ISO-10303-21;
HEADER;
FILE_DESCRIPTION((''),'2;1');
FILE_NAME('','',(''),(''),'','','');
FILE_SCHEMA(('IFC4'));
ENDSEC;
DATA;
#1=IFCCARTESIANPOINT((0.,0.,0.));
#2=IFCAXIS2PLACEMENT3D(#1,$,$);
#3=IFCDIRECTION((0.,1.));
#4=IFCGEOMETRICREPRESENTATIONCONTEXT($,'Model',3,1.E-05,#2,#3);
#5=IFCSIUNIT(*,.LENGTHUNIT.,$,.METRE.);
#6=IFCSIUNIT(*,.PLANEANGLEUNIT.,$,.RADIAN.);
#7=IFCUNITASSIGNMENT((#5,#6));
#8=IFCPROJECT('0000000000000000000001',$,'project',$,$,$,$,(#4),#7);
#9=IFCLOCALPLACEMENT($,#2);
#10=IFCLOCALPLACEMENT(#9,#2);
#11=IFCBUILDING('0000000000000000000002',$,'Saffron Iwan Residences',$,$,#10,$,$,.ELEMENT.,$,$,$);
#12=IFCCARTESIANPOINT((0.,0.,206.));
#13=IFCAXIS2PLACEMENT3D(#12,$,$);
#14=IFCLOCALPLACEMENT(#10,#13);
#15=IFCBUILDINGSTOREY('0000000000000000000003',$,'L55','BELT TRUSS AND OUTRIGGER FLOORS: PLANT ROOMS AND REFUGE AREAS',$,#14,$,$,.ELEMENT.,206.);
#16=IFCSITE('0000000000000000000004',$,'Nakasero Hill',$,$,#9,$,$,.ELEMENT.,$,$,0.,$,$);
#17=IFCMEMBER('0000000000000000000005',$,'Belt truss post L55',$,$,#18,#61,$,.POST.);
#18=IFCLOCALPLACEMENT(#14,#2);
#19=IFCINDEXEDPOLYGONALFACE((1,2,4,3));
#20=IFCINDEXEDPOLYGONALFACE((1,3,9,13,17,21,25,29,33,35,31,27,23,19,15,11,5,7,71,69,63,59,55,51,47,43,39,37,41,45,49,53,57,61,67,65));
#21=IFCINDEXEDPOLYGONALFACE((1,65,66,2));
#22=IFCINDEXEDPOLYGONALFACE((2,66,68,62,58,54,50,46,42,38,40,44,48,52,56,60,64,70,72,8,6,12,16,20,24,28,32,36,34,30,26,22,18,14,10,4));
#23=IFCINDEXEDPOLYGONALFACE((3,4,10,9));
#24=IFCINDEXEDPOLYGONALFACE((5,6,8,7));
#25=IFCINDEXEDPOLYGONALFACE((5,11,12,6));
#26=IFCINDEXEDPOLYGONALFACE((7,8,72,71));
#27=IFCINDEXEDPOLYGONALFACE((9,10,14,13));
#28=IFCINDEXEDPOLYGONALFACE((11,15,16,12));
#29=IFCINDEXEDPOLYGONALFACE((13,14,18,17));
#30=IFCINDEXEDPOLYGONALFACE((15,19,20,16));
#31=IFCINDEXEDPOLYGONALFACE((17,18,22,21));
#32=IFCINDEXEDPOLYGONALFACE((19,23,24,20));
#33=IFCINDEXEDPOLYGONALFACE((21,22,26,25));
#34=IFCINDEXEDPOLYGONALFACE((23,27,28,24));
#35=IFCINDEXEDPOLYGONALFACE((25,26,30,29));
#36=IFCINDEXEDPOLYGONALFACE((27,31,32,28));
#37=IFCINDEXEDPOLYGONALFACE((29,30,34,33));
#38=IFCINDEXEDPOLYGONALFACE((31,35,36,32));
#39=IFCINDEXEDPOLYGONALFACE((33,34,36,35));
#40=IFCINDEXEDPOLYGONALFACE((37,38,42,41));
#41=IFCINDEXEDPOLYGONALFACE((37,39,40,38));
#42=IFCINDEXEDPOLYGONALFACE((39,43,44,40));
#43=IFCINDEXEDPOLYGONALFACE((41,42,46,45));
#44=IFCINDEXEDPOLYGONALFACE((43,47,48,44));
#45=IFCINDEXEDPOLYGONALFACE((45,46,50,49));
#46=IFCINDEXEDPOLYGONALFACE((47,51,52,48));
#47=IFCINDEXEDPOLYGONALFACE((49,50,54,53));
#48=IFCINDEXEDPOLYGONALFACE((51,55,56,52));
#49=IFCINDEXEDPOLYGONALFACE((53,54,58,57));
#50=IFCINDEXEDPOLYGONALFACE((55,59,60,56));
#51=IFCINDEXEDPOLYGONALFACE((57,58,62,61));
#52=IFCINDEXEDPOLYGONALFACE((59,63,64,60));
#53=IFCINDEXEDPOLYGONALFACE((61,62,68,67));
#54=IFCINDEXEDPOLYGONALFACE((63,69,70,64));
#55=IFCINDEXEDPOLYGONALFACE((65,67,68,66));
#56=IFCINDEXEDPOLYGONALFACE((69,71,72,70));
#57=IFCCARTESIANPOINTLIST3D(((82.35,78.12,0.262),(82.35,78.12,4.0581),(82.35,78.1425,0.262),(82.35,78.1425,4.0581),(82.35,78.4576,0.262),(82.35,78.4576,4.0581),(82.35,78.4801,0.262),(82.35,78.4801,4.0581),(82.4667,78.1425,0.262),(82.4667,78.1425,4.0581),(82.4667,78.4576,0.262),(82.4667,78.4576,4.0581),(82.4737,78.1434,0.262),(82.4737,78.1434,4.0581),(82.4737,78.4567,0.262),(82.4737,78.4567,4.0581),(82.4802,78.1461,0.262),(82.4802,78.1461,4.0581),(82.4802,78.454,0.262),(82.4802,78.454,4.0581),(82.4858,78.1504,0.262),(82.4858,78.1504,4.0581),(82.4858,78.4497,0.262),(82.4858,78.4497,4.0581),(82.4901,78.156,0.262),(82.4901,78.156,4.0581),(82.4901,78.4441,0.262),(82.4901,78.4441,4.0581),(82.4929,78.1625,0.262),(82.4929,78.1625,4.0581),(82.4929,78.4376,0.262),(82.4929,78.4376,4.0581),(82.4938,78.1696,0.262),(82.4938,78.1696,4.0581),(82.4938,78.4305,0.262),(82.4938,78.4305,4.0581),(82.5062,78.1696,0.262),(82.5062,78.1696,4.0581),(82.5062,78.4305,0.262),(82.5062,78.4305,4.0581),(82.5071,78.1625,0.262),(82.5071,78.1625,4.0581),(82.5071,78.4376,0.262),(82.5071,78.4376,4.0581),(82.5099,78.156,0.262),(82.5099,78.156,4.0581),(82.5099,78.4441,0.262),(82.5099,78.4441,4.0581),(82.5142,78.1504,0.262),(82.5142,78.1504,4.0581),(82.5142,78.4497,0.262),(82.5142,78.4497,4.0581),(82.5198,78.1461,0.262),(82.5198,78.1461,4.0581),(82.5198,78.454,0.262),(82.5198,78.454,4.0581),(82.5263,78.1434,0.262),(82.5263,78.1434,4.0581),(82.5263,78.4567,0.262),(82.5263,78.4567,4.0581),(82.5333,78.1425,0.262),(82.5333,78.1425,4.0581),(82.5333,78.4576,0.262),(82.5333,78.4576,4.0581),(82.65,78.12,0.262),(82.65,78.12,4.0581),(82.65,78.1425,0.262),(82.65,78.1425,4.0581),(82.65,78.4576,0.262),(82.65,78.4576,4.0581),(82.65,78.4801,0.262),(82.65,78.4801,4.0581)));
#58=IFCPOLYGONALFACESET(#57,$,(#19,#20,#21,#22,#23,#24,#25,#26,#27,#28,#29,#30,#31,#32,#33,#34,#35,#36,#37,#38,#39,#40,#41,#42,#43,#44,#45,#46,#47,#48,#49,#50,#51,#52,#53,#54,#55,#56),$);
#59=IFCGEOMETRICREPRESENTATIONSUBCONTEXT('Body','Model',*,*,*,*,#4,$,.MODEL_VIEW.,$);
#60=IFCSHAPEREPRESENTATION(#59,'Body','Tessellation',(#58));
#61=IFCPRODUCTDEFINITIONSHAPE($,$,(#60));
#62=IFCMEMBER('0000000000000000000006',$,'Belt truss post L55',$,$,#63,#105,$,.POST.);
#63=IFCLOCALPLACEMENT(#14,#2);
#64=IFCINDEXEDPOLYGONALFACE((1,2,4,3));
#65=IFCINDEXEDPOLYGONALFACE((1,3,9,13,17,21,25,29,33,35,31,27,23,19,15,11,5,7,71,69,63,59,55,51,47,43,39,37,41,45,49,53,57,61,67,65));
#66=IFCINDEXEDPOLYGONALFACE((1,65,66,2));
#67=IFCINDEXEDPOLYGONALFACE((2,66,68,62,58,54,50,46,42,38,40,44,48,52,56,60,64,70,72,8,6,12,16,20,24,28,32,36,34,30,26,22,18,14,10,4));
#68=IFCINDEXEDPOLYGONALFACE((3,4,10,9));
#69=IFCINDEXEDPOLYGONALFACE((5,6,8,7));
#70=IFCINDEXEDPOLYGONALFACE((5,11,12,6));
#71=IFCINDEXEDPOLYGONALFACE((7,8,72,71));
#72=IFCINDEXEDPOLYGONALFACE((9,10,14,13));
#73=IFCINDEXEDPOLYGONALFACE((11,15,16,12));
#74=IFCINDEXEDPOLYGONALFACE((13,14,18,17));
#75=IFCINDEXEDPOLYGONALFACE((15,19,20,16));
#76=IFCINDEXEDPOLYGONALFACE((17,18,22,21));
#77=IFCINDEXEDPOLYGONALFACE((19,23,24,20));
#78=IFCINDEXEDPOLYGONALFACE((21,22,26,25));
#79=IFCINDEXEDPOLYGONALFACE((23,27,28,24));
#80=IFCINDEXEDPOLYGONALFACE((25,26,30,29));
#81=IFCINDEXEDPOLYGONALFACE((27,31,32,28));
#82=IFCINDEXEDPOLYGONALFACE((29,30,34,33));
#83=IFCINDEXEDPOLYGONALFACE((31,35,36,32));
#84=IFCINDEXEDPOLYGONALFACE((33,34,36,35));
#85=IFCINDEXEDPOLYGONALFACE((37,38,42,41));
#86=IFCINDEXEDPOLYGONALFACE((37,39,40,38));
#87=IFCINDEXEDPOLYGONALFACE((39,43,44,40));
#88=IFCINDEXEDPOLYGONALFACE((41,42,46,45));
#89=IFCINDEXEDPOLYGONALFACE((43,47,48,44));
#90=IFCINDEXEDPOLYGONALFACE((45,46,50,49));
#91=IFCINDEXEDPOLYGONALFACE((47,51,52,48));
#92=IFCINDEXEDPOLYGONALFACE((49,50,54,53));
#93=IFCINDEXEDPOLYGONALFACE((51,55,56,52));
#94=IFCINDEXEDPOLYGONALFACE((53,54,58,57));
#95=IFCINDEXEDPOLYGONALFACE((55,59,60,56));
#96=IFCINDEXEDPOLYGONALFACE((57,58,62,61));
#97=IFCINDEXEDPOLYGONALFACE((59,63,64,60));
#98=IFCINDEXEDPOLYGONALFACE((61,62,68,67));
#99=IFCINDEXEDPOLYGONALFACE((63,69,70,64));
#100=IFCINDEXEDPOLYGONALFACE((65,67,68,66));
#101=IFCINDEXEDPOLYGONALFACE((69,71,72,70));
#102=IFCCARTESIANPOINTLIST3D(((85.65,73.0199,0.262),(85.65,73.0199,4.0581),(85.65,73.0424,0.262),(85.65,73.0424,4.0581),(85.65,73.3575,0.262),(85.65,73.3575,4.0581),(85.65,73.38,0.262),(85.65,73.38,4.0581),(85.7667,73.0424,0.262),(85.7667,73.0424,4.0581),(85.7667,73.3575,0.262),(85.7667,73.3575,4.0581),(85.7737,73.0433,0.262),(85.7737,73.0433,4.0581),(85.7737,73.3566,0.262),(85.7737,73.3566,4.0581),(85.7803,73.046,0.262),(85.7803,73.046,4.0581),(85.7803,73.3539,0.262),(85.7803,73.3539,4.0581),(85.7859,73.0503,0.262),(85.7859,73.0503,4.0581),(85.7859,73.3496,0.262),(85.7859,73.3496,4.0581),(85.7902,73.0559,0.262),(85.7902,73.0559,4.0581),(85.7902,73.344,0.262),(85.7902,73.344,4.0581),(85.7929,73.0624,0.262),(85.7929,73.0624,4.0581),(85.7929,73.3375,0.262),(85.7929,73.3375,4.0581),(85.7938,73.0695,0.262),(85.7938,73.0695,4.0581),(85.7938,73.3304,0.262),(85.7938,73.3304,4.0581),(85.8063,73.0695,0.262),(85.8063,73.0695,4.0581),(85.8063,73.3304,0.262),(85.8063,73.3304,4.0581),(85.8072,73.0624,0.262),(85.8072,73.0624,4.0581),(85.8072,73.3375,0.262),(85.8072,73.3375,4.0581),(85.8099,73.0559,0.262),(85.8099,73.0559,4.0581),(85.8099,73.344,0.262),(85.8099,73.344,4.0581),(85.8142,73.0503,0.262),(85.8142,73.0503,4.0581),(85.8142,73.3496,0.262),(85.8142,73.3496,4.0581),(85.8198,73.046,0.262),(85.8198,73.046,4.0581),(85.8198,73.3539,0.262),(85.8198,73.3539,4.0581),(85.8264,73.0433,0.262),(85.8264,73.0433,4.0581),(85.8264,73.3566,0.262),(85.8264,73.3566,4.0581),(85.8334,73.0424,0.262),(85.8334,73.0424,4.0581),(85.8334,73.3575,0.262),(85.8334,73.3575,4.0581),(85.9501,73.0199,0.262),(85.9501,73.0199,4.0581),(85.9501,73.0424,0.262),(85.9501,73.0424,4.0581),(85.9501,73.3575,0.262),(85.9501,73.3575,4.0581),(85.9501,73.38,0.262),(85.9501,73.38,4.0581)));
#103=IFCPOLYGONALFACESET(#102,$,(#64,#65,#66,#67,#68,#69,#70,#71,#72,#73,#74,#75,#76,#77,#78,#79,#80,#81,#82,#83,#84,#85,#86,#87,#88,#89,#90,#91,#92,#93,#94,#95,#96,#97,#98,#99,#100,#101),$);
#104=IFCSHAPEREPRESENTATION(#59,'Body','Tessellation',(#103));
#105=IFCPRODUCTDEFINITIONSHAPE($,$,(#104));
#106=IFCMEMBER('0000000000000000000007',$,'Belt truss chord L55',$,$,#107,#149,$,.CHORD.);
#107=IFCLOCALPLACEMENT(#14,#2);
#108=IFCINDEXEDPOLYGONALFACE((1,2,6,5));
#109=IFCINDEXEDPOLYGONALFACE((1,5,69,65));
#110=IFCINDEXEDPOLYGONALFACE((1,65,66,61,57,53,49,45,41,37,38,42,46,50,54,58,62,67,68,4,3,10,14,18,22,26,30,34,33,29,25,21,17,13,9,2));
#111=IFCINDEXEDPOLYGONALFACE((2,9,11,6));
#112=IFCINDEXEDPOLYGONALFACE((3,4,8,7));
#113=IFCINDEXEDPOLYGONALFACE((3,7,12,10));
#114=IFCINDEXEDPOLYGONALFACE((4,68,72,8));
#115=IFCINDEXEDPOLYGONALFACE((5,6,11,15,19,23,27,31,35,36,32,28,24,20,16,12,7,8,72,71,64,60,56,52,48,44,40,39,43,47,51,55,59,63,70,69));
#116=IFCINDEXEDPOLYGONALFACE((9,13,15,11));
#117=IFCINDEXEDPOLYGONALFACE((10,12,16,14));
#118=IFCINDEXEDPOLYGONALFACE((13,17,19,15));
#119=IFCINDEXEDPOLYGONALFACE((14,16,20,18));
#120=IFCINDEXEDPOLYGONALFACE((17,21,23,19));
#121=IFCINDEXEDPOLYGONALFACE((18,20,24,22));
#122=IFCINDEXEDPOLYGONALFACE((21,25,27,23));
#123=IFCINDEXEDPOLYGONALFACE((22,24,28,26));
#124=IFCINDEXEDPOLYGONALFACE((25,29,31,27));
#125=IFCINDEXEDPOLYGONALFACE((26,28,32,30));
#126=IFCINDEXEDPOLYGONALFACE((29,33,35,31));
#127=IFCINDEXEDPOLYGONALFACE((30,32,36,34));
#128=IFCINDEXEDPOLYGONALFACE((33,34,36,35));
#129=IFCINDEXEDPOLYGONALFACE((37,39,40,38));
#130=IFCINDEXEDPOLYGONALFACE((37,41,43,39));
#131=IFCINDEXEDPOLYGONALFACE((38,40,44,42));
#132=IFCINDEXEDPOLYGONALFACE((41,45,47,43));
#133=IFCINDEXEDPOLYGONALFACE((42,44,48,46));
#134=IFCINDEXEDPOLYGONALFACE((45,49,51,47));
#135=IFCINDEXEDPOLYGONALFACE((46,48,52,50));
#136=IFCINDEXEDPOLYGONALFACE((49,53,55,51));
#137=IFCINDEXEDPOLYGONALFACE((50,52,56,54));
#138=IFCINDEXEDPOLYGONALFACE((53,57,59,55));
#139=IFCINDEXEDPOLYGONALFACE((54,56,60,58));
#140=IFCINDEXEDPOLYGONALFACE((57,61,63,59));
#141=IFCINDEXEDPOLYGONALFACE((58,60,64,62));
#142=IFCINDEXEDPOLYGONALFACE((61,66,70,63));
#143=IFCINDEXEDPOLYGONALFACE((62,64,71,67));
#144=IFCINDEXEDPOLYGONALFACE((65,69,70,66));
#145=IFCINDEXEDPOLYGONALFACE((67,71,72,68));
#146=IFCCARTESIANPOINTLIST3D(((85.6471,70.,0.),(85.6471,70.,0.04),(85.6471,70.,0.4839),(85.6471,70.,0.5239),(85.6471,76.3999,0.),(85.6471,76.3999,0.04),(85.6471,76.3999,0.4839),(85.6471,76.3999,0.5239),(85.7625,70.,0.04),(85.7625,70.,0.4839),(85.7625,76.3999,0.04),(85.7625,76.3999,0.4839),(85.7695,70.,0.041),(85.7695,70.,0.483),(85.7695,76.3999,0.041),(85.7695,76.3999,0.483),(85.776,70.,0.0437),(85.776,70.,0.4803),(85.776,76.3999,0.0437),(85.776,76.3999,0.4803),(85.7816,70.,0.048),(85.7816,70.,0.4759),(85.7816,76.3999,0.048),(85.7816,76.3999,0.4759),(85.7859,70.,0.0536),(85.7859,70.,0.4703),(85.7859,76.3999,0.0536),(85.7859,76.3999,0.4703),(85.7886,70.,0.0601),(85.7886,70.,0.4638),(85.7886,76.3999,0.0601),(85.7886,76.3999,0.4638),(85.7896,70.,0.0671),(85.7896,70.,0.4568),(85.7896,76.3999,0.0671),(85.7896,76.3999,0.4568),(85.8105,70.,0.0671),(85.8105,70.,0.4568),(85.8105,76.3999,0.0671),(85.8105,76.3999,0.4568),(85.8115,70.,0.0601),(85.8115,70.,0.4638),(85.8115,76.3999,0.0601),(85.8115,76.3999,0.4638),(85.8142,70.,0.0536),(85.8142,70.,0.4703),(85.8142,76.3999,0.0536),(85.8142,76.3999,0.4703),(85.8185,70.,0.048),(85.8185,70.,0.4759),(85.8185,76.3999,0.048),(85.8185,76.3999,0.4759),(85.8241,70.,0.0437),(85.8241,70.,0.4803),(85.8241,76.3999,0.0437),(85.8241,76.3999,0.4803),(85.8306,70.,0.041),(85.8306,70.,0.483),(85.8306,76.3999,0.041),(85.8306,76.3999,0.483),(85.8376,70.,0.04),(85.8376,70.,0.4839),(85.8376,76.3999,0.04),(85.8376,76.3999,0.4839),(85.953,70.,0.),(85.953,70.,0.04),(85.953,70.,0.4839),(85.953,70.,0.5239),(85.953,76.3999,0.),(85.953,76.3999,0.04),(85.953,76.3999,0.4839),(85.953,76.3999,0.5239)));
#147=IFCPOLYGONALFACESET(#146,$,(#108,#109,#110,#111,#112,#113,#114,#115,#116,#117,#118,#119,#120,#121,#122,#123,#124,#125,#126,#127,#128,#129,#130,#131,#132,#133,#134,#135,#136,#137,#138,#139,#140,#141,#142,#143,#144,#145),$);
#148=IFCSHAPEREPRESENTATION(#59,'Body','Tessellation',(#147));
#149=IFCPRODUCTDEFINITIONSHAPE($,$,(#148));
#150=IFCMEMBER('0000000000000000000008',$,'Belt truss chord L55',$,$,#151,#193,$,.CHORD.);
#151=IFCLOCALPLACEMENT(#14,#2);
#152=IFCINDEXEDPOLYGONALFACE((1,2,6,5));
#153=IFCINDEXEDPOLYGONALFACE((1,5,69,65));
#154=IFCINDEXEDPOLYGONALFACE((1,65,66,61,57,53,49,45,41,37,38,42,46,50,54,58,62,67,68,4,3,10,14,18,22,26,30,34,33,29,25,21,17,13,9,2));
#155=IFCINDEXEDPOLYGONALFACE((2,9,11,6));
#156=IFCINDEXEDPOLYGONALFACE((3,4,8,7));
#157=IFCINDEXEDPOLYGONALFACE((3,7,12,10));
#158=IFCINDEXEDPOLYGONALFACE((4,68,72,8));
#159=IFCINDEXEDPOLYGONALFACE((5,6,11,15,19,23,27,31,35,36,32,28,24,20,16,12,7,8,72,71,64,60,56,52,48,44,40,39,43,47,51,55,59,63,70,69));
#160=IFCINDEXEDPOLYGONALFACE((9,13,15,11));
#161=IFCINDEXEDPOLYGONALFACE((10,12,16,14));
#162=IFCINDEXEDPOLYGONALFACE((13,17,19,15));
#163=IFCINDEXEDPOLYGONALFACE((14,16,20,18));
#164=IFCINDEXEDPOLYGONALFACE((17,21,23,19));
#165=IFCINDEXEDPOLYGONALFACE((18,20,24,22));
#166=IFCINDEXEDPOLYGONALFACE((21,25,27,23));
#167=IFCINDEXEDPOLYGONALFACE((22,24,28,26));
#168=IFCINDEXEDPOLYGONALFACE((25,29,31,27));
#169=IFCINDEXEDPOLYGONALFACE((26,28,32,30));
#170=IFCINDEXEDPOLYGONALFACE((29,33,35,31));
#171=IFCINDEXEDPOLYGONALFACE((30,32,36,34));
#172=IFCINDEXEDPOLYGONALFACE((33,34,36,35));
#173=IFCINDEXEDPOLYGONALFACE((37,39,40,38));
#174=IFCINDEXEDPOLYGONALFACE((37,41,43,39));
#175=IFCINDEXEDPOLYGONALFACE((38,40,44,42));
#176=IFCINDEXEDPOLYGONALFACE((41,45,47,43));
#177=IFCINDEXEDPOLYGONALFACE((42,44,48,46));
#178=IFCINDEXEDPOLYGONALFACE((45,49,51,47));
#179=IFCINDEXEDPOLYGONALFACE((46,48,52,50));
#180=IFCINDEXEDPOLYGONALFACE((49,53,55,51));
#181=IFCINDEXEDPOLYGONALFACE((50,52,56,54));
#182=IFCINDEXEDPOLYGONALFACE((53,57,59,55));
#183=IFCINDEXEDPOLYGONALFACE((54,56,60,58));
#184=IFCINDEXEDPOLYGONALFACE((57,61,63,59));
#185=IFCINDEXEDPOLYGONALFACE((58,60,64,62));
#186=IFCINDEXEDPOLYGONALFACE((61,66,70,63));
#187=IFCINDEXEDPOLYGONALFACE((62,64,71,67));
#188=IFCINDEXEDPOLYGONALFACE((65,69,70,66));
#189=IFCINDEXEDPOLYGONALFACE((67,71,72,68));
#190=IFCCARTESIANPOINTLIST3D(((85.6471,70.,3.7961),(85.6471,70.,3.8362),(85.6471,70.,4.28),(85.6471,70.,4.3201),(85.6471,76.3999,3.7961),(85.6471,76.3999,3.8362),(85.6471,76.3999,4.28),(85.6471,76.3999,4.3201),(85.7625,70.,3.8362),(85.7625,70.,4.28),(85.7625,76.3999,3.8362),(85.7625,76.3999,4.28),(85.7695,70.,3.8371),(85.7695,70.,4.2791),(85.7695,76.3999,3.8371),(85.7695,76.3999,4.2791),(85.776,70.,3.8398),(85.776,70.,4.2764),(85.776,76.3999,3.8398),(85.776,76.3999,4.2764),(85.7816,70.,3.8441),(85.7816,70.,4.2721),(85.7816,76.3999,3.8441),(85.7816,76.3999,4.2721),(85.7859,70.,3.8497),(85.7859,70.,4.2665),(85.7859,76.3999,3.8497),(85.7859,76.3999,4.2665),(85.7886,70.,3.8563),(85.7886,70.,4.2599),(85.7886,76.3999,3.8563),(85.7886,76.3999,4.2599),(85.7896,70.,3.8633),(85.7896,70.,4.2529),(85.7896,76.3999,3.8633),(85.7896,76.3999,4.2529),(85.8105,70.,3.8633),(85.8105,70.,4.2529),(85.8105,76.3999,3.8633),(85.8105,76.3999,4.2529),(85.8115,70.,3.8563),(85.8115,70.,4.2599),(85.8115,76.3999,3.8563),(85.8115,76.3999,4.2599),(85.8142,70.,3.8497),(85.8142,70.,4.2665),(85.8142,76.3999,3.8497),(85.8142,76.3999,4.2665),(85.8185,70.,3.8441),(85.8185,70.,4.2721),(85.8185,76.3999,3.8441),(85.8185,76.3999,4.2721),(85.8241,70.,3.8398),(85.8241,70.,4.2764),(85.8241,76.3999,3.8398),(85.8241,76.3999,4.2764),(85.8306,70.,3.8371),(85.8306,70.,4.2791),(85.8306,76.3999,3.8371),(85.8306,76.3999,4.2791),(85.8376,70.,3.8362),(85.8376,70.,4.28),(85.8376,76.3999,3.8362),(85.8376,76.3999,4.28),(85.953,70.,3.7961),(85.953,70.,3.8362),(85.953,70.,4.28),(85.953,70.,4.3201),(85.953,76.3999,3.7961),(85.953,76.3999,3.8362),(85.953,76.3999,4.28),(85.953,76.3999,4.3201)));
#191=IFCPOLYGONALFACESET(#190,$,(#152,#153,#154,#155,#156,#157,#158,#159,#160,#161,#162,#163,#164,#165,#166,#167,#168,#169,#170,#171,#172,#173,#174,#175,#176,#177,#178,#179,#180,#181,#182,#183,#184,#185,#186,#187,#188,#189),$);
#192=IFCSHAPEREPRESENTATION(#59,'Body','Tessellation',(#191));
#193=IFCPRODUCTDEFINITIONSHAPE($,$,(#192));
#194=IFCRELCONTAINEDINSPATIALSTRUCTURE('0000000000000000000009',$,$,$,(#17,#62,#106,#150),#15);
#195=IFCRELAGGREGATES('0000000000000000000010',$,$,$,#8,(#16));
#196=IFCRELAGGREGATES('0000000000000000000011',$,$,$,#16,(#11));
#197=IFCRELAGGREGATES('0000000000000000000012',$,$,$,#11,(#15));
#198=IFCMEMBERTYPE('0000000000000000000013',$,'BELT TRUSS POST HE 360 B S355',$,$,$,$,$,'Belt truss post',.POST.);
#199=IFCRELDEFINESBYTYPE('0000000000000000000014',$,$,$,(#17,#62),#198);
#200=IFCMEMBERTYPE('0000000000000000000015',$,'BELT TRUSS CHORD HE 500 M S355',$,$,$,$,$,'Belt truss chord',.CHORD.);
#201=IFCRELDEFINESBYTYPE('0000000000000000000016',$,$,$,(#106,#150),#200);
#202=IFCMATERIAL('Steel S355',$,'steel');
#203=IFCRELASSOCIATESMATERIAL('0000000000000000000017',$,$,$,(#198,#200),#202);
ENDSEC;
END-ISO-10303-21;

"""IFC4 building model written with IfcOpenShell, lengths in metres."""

from ifc_helpers import new_model, si_unit, direction, frame, origin, origin_2d, place, context, subcontext, project, spatial, i_section, extrude, source, transform, mapped, material, material_profile, profile_set, type_object, element, save


model = new_model("IFC4")

# Units and contexts
model_context = context("Model", 3, precision=1e-05, world=origin(), true_north=direction((0.0, 1.0)))
body_context = subcontext(model_context, "Body", "Model", "MODEL_VIEW")
ifc_project = project(units=[si_unit("LENGTHUNIT", "METRE"), si_unit("PLANEANGLEUNIT", "RADIAN")], contexts=[model_context])

# Site, building, storey
site_placement = place(None, origin())
site = spatial("IfcSite", under=ifc_project, at=site_placement, Name="Nakasero Hill", CompositionType="ELEMENT", RefElevation=0.0)
building_placement = place(site_placement, origin())
building = spatial("IfcBuilding", under=site, at=building_placement, Name="Saffron Iwan Residences", CompositionType="ELEMENT")
storey_placement = place(building_placement, frame((0.0, 0.0, 206.0)))
storey = spatial("IfcBuildingStorey", under=building, at=storey_placement, Name="L55", Description="BELT TRUSS AND OUTRIGGER FLOORS: PLANT ROOMS AND REFUGE AREAS", CompositionType="ELEMENT", Elevation=206.0)

# Members
ifc_material_1 = material(Name="Steel S355", Category="steel")
ifc_material_profile_1 = material_profile(ifc_material_1, i_section(OverallWidth=0.3, OverallDepth=0.3601, WebThickness=0.0125, FlangeThickness=0.0225, FilletRadius=0.0271, at=origin_2d()), Name="HE 360 B")
ifc_profile_set_1 = profile_set([ifc_material_profile_1], Name="Steel S355")
member_type_1 = type_object("IfcMemberType", Name="BELT TRUSS POST HE 360 B S355", ElementType="Belt truss post", PredefinedType="POST", material=ifc_profile_set_1)
shared_shape_1 = source(origin(), body_context, "Body", "SweptSolid", [
    extrude(i_section(OverallWidth=0.3, OverallDepth=0.3601, WebThickness=0.0125, FlangeThickness=0.0225, FilletRadius=0.0271, at=origin_2d()), origin(), (0.0, 0.0, 1.0), 3.7961),
])
for number, where, z_axis, x_axis, name in (
    (1, (82.5, 78.3, 0.262), (0.0, 0.0, 1.0), (1.0, 0.0, 0.0), "Belt truss post L55"),
    (2, (85.8, 73.2, 0.262), (0.0, 0.0, 1.0), (1.0, 0.0, 0.0), "Belt truss post L55"),
):
    element("IfcMember", number, at=place(storey_placement, frame(where, z_axis=z_axis, x_axis=x_axis)), inside=storey, type_object=member_type_1, Name=name, PredefinedType="POST", context=body_context, shape_type="MappedRepresentation", body=[
        mapped(shared_shape_1, transform((0.0, 0.0, 0.0))),
    ])
ifc_material_profile_2 = material_profile(ifc_material_1, i_section(OverallWidth=0.3059, OverallDepth=0.5239, WebThickness=0.021, FlangeThickness=0.04, FilletRadius=0.0271, at=origin_2d()), Name="HE 500 M")
ifc_profile_set_2 = profile_set([ifc_material_profile_2], Name="Steel S355")
member_type_2 = type_object("IfcMemberType", Name="BELT TRUSS CHORD HE 500 M S355", ElementType="Belt truss chord", PredefinedType="CHORD", material=ifc_profile_set_2)
shared_shape_2 = source(origin(), body_context, "Body", "SweptSolid", [
    extrude(i_section(OverallWidth=0.3059, OverallDepth=0.5239, WebThickness=0.021, FlangeThickness=0.04, FilletRadius=0.0271, at=origin_2d()), origin(), (0.0, 0.0, 1.0), 6.3999),
])
for number, where, z_axis, x_axis, name in (
    (3, (85.8, 76.3999, 0.262), (0.0, -1.0, 0.0), (1.0, 0.0, 0.0), "Belt truss chord L55"),
    (4, (85.8, 76.3999, 4.0581), (0.0, -1.0, 0.0), (1.0, 0.0, 0.0), "Belt truss chord L55"),
):
    element("IfcMember", number, at=place(storey_placement, frame(where, z_axis=z_axis, x_axis=x_axis)), inside=storey, type_object=member_type_2, Name=name, PredefinedType="CHORD", context=body_context, shape_type="MappedRepresentation", body=[
        mapped(shared_shape_2, transform((0.0, 0.0, 0.0))),
    ])

save(model, "model.ifc")
